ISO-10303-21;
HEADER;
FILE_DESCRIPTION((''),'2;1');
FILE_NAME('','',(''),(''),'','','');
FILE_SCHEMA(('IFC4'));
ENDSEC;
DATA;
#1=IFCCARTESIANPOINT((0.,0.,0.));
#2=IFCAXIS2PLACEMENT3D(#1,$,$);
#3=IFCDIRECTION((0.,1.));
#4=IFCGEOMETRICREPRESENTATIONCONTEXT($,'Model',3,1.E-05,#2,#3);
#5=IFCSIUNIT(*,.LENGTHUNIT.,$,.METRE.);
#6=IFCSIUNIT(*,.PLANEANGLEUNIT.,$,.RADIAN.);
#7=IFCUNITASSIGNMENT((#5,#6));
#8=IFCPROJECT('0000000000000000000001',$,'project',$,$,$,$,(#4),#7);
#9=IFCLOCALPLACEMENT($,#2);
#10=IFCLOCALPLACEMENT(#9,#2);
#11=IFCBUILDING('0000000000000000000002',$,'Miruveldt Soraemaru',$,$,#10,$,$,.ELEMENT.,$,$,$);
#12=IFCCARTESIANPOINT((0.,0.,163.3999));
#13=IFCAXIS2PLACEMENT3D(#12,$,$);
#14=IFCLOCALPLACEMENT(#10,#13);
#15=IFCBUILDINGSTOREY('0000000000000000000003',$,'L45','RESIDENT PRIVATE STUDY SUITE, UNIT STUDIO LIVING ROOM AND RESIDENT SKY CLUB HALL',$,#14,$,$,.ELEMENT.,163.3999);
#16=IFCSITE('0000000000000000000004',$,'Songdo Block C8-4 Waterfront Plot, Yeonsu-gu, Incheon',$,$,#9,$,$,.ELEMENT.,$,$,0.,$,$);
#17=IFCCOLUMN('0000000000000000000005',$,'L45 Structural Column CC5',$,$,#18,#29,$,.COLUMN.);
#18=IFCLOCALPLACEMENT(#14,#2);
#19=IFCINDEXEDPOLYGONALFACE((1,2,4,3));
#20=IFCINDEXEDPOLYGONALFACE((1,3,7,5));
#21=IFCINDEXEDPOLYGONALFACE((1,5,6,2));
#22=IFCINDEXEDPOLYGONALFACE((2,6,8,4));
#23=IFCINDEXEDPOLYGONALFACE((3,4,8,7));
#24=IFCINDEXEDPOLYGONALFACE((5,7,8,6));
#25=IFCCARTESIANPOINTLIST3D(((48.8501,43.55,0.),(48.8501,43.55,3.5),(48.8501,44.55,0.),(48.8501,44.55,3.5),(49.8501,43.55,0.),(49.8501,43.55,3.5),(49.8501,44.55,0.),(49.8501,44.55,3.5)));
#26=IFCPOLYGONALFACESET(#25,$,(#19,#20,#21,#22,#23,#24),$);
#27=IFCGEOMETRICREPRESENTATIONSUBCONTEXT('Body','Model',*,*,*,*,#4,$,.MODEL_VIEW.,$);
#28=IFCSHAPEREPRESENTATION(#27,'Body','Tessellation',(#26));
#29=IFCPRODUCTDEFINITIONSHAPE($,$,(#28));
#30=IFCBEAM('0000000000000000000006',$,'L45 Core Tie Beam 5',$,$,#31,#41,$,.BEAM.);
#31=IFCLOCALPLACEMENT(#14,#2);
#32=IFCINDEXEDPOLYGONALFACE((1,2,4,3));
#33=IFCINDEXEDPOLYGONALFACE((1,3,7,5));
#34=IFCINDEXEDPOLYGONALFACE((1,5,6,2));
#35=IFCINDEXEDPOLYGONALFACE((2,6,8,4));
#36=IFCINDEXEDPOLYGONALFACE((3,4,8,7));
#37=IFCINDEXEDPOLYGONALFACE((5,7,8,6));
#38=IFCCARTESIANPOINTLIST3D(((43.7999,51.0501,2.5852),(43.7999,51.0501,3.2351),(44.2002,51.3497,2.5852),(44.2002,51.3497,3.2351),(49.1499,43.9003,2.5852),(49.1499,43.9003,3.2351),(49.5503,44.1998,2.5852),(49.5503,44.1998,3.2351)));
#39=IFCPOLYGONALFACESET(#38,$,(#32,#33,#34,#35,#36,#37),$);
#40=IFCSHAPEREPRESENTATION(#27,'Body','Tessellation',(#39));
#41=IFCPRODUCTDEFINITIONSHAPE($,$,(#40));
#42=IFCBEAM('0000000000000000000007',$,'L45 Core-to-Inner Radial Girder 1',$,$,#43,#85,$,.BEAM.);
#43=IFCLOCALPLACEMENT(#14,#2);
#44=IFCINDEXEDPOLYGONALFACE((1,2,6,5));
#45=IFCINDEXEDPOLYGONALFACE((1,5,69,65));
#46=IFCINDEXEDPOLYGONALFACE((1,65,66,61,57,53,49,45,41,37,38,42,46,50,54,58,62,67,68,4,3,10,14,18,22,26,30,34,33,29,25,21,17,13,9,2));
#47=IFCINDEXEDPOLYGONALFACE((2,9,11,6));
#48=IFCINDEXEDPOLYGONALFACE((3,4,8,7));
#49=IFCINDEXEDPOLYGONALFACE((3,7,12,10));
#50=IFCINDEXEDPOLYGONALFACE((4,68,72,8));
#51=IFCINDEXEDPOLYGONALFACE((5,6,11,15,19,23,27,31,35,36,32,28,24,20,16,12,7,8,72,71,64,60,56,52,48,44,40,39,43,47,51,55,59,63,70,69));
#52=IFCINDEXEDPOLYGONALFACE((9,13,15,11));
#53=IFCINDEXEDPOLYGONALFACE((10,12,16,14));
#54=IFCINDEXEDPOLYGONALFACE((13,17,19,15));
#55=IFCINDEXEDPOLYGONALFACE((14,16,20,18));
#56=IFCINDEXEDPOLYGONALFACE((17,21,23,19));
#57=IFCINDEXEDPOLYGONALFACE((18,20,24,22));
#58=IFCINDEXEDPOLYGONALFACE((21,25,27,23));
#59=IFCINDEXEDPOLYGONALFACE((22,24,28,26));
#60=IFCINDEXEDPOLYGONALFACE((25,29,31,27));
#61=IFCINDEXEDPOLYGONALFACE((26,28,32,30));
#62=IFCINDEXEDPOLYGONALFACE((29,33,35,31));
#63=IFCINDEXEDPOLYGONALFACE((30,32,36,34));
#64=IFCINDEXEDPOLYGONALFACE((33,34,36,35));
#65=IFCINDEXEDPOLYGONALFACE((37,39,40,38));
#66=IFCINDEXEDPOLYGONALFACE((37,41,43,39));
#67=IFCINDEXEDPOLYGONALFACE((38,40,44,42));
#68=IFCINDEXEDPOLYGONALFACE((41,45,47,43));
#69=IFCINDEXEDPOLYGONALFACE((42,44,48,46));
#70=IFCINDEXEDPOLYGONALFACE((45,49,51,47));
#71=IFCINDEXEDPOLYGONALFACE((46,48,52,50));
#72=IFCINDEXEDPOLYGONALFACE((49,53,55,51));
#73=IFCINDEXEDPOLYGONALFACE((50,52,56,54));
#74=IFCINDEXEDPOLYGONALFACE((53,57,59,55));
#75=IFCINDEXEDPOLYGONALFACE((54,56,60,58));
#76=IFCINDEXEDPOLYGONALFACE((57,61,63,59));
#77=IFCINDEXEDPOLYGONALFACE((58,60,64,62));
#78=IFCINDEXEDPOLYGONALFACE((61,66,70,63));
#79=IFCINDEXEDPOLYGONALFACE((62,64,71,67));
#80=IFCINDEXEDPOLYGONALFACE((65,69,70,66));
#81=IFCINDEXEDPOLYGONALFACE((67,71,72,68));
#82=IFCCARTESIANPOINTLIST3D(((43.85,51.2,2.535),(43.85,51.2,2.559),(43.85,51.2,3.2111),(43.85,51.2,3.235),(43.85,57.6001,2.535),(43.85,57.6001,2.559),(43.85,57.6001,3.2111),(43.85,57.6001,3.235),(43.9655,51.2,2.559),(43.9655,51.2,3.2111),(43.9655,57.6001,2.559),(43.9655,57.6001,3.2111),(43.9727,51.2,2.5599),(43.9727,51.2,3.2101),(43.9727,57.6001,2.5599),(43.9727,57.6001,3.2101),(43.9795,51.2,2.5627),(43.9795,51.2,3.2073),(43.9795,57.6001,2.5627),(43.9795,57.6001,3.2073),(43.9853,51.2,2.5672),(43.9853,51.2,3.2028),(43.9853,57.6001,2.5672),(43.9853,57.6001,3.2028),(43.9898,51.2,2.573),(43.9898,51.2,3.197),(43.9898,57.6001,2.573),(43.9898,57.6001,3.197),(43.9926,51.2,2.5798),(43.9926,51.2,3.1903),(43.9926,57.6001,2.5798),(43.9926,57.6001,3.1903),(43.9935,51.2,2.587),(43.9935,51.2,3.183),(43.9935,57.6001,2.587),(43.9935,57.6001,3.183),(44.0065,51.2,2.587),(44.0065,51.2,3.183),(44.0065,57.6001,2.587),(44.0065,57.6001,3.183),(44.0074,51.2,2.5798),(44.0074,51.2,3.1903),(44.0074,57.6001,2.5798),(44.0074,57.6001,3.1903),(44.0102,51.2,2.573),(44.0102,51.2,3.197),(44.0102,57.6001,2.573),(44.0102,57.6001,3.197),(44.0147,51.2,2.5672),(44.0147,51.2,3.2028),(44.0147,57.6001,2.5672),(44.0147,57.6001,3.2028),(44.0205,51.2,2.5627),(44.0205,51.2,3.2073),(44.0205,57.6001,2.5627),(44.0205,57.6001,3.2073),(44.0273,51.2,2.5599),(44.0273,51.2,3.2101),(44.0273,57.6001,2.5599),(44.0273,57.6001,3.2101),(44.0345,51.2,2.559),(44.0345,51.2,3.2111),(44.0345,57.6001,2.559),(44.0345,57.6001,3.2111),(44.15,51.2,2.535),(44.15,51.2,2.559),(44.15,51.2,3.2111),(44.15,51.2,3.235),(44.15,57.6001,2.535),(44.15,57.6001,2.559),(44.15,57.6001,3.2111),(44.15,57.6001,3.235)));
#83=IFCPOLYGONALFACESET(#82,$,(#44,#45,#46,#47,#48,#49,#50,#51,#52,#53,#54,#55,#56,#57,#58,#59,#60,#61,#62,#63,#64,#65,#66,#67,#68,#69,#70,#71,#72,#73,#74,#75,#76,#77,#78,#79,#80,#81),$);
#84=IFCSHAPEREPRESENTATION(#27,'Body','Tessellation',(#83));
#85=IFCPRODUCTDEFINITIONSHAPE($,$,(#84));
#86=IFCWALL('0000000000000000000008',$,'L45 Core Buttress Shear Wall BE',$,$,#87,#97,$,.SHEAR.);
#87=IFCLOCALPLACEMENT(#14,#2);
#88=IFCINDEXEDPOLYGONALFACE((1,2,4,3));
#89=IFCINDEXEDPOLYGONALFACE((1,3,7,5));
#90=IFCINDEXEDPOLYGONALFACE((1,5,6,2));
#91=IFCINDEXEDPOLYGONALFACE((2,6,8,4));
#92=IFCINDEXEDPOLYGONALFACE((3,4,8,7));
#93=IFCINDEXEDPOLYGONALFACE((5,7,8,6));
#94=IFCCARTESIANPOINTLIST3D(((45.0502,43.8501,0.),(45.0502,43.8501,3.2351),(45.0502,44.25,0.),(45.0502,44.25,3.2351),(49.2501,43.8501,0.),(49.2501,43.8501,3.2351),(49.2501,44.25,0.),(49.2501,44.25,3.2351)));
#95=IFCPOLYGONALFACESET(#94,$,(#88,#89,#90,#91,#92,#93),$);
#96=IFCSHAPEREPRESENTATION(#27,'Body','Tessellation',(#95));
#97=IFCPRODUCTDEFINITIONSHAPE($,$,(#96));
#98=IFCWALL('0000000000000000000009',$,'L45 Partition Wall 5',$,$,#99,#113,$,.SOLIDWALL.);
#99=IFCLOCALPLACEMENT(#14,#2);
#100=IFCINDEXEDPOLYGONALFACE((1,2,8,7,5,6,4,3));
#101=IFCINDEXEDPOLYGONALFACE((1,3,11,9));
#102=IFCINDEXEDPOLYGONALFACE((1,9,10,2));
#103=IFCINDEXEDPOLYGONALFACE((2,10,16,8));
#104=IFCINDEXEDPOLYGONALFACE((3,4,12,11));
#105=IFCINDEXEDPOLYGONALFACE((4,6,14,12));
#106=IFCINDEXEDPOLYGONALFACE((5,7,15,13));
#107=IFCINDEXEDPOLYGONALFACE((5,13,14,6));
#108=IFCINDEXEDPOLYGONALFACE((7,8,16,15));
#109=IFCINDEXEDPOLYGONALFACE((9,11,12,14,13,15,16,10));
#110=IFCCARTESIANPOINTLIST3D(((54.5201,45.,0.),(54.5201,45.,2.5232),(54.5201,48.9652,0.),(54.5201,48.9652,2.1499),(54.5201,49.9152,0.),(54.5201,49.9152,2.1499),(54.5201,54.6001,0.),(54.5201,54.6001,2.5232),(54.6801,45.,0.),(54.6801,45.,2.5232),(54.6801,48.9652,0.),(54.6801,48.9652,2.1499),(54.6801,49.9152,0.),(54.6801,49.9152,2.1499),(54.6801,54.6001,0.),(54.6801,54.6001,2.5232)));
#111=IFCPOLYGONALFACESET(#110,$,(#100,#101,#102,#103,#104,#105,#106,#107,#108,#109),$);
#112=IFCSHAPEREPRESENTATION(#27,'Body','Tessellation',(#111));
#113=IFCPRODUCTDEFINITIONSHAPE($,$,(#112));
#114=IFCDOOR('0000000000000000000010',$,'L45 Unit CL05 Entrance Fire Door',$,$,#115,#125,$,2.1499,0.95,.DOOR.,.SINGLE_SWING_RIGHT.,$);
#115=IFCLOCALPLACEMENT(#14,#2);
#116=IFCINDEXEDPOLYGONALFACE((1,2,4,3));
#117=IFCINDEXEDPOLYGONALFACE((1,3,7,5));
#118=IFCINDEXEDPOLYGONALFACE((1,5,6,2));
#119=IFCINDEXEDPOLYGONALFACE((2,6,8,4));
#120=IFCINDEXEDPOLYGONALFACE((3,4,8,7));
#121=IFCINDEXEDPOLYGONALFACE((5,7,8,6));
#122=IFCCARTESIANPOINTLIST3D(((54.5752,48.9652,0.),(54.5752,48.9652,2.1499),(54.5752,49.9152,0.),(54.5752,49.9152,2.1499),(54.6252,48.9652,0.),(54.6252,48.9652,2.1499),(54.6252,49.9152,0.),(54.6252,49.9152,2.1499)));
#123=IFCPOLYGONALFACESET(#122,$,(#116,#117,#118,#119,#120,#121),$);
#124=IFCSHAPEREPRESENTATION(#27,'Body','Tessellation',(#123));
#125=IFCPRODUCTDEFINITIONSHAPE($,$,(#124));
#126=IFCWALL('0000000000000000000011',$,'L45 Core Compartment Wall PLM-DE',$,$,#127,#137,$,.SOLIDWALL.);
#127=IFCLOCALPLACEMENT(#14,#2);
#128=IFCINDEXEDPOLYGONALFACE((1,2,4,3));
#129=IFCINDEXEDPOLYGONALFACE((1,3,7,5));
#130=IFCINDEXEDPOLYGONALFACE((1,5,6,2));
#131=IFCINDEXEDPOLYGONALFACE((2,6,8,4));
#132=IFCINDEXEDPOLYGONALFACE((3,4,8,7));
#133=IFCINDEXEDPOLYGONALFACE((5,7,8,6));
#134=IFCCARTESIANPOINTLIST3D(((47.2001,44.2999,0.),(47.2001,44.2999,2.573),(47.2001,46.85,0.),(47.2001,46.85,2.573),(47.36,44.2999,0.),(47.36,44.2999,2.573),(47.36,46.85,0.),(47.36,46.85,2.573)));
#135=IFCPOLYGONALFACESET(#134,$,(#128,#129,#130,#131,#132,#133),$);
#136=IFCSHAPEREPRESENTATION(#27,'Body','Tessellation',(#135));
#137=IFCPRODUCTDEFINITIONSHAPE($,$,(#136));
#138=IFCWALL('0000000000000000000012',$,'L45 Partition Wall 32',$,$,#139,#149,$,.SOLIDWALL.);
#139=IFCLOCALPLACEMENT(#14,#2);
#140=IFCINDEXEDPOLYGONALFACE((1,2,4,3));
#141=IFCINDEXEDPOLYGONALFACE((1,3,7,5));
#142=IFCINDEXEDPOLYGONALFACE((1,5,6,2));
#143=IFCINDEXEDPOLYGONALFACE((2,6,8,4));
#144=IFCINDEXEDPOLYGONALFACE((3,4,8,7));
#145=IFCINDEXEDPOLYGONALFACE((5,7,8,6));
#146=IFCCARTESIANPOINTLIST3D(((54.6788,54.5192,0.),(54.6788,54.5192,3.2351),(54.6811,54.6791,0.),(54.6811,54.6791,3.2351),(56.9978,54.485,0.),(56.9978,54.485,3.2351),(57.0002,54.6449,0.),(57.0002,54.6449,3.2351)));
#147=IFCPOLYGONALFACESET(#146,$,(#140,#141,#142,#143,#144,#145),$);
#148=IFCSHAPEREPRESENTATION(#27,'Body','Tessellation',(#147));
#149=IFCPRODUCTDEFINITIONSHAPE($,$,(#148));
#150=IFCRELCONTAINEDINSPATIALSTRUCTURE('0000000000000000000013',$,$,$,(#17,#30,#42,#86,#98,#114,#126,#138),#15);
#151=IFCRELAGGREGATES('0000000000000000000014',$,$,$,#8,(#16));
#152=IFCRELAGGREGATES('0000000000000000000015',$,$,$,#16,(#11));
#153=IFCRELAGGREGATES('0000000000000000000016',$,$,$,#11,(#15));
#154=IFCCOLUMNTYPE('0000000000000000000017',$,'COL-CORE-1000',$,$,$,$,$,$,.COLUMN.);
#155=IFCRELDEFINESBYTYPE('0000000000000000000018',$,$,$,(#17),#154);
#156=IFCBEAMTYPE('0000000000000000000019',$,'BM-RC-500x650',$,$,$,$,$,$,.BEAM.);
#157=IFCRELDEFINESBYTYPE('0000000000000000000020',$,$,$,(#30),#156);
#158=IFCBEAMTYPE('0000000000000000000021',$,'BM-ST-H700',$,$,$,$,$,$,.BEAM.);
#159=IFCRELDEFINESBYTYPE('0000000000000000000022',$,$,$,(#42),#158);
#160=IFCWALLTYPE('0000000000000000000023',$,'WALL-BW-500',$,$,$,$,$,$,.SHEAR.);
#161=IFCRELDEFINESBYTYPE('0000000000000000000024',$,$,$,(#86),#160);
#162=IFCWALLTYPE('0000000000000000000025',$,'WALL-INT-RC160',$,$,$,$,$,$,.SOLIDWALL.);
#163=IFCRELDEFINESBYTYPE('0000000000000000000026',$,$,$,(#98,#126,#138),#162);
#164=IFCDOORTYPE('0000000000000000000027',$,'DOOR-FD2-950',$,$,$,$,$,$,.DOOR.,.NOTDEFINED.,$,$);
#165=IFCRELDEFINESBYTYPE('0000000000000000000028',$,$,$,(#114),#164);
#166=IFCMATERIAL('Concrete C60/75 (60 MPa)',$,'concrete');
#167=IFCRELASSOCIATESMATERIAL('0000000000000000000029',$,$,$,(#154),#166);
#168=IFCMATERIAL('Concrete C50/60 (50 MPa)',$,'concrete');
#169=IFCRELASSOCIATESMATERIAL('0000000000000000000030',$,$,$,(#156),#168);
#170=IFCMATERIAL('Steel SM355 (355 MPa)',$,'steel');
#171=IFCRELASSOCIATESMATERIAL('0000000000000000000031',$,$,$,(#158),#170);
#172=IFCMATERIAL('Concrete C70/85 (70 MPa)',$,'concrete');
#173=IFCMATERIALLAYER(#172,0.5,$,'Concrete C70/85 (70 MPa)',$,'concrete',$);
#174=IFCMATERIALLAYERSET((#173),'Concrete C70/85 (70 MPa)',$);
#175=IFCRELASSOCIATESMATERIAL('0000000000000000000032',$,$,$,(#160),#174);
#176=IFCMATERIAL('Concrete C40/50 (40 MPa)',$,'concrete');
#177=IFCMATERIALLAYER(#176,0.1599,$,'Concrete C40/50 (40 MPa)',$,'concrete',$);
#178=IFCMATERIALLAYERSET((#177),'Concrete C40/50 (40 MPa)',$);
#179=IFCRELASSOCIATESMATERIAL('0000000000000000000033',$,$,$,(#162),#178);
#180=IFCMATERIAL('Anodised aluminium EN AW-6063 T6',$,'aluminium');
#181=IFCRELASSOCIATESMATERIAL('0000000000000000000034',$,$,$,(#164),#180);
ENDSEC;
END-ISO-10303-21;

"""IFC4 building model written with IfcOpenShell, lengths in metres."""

from ifc_helpers import new_model, si_unit, direction, frame, frame_2d, origin, origin_2d, place, context, subcontext, project, spatial, rectangle, i_section, extrude, material, layer, layer_set, material_profile, profile_set, type_object, element, fill, save


model = new_model("IFC4")

# Units and contexts
model_context = context("Model", 3, precision=1e-05, world=origin(), true_north=direction((0.0, 1.0)))
body_context = subcontext(model_context, "Body", "Model", "MODEL_VIEW")
ifc_project = project(units=[si_unit("LENGTHUNIT", "METRE"), si_unit("PLANEANGLEUNIT", "RADIAN")], contexts=[model_context])

# Site, building, storey
site_placement = place(None, origin())
site = spatial("IfcSite", under=ifc_project, at=site_placement, Name="Songdo Block C8-4 Waterfront Plot, Yeonsu-gu, Incheon", CompositionType="ELEMENT", RefElevation=0.0)
building_placement = place(site_placement, origin())
building = spatial("IfcBuilding", under=site, at=building_placement, Name="Miruveldt Soraemaru", CompositionType="ELEMENT")
storey_placement = place(building_placement, frame((0.0, 0.0, 163.3999)))
storey = spatial("IfcBuildingStorey", under=building, at=storey_placement, Name="L45", Description="RESIDENT PRIVATE STUDY SUITE, UNIT STUDIO LIVING ROOM AND RESIDENT SKY CLUB HALL", CompositionType="ELEMENT", Elevation=163.3999)

# Column
ifc_material_1 = material(Name="Concrete C60/75 (60 MPa)", Category="concrete")
ifc_material_profile_1 = material_profile(ifc_material_1, rectangle(XDim=1.0, YDim=1.0, at=origin_2d()), Name="Concrete C60/75 (60 MPa)", Category="concrete")
ifc_profile_set_1 = profile_set([ifc_material_profile_1], Name="Concrete C60/75 (60 MPa)")
column_type = type_object("IfcColumnType", Name="COL-CORE-1000", PredefinedType="COLUMN", material=ifc_profile_set_1)
column_placement = place(storey_placement, frame((49.3501, 44.05, 0.0), z_axis=(0.0, 0.0, 1.0), x_axis=(1.0, 0.0, 0.0)))
element("IfcColumn", 1, at=column_placement, inside=storey, type_object=column_type, Name="L45 Structural Column CC5", PredefinedType="COLUMN", context=body_context, shape_type="SweptSolid", body=[
    extrude(rectangle(XDim=1.0, YDim=1.0, at=origin_2d()), origin(), (0.0, 0.0, 1.0), 3.5),
])

# Beams
ifc_material_2 = material(Name="Concrete C50/60 (50 MPa)", Category="concrete")
ifc_material_profile_2 = material_profile(ifc_material_2, rectangle(XDim=0.5, YDim=0.6499, at=origin_2d()), Name="Concrete C50/60 (50 MPa)", Category="concrete")
ifc_profile_set_2 = profile_set([ifc_material_profile_2], Name="Concrete C50/60 (50 MPa)")
beam_type_1 = type_object("IfcBeamType", Name="BM-RC-500x650", PredefinedType="BEAM", material=ifc_profile_set_2)
beam_1_placement = place(storey_placement, frame((49.3501, 44.05, 2.9102), z_axis=(-0.599116, 0.800662, 0.0), x_axis=(-0.800662, -0.599116, 0.0)))
element("IfcBeam", 2, at=beam_1_placement, inside=storey, type_object=beam_type_1, Name="L45 Core Tie Beam 5", PredefinedType="BEAM", context=body_context, shape_type="SweptSolid", body=[
    extrude(rectangle(XDim=0.5, YDim=0.6499, at=origin_2d()), origin(), (0.0, 0.0, 1.0), 8.9299),
])
ifc_material_3 = material(Name="Steel SM355 (355 MPa)", Category="steel")
ifc_material_profile_3 = material_profile(ifc_material_3, i_section(OverallWidth=0.3, OverallDepth=0.7, WebThickness=0.0129, FlangeThickness=0.0239, FilletRadius=0.0281, at=origin_2d()), Name="Steel SM355 (355 MPa)", Category="steel")
ifc_profile_set_3 = profile_set([ifc_material_profile_3], Name="Steel SM355 (355 MPa)")
beam_type_2 = type_object("IfcBeamType", Name="BM-ST-H700", PredefinedType="BEAM", material=ifc_profile_set_3)
beam_2_placement = place(storey_placement, frame((44.0, 51.2, 2.885), z_axis=(0.0, 1.0, 0.0), x_axis=(-1.0, 0.0, 0.0)))
element("IfcBeam", 3, at=beam_2_placement, inside=storey, type_object=beam_type_2, Name="L45 Core-to-Inner Radial Girder 1", PredefinedType="BEAM", context=body_context, shape_type="SweptSolid", body=[
    extrude(i_section(OverallWidth=0.3, OverallDepth=0.7, WebThickness=0.0129, FlangeThickness=0.0239, FilletRadius=0.0281, at=origin_2d()), origin(), (0.0, 0.0, 1.0), 6.4001),
])

# Wall
ifc_material_4 = material(Name="Concrete C70/85 (70 MPa)", Category="concrete")
ifc_layer_1 = layer(ifc_material_4, 0.5, Name="Concrete C70/85 (70 MPa)", Category="concrete")
ifc_layer_set_1 = layer_set([ifc_layer_1], Name="Concrete C70/85 (70 MPa)")
wall_type_1 = type_object("IfcWallType", Name="WALL-BW-500", PredefinedType="SHEAR", material=ifc_layer_set_1)
wall_1_placement = place(storey_placement, frame((45.05, 44.05, 0.0), z_axis=(0.0, 0.0, 1.0), x_axis=(1.0, 0.0, 0.0)))
element("IfcWall", 4, at=wall_1_placement, inside=storey, type_object=wall_type_1, Name="L45 Core Buttress Shear Wall BE", PredefinedType="SHEAR", context=body_context, shape_type="SweptSolid", body=[
    extrude(rectangle(XDim=4.2, YDim=0.3999, at=frame_2d((2.1001, 0.0))), origin(), (0.0, 0.0, 1.0), 3.2351),
])

# Wall, opening, door
ifc_material_5 = material(Name="Concrete C40/50 (40 MPa)", Category="concrete")
ifc_layer_2 = layer(ifc_material_5, 0.1599, Name="Concrete C40/50 (40 MPa)", Category="concrete")
ifc_layer_set_2 = layer_set([ifc_layer_2], Name="Concrete C40/50 (40 MPa)")
wall_type_2 = type_object("IfcWallType", Name="WALL-INT-RC160", PredefinedType="SOLIDWALL", material=ifc_layer_set_2)
wall_2_placement = place(storey_placement, frame((54.6001, 45.0, 0.0), z_axis=(0.0, 0.0, 1.0), x_axis=(0.0, 1.0, 0.0)))
wall_2 = element("IfcWall", 5, at=wall_2_placement, inside=storey, type_object=wall_type_2, Name="L45 Partition Wall 5", PredefinedType="SOLIDWALL", context=body_context, shape_type="SweptSolid", body=[
    extrude(rectangle(XDim=9.6001, YDim=0.1599, at=frame_2d((4.8, 0.0))), origin(), (0.0, 0.0, 1.0), 2.5232),
])
opening_1_placement = place(wall_2_placement, frame((3.9651, 0.0, 0.0)))
opening_1 = element("IfcOpeningElement", 6, at=opening_1_placement, cuts=wall_2, PredefinedType="OPENING", context=body_context, shape_type="SweptSolid", body=[
    extrude(rectangle(XDim=0.95, YDim=2.1499, at=frame_2d((0.4751, 1.075))), frame((0.0, 0.0898, 0.0), z_axis=(0.0, -1.0, 0.0), x_axis=(1.0, 0.0, 0.0)), (0.0, 0.0, 1.0), 0.1799),
])
ifc_material_6 = material(Name="Anodised aluminium EN AW-6063 T6", Category="aluminium")
door_type_1 = type_object("IfcDoorType", Name="DOOR-FD2-950", OperationType="NOTDEFINED", PredefinedType="DOOR", material=ifc_material_6)
door_1_placement = place(opening_1_placement, origin())
door_1 = element("IfcDoor", 7, at=door_1_placement, inside=storey, type_object=door_type_1, Name="L45 Unit CL05 Entrance Fire Door", OperationType="SINGLE_SWING_RIGHT", OverallHeight=2.1499, OverallWidth=0.95, PredefinedType="DOOR", context=body_context, shape_type="SweptSolid", body=[
    extrude(rectangle(XDim=0.95, YDim=2.1499, at=frame_2d((0.4751, 1.075))), frame((0.0, 0.0249, 0.0), z_axis=(0.0, -1.0, 0.0), x_axis=(1.0, 0.0, 0.0)), (0.0, 0.0, 1.0), 0.05),
])
fill(opening_1, door_1)

# Walls
wall_3_placement = place(storey_placement, frame((47.28, 44.3, 0.0), z_axis=(0.0, 0.0, 1.0), x_axis=(0.0, 1.0, 0.0)))
element("IfcWall", 8, at=wall_3_placement, inside=storey, type_object=wall_type_2, Name="L45 Core Compartment Wall PLM-DE", PredefinedType="SOLIDWALL", context=body_context, shape_type="SweptSolid", body=[
    extrude(rectangle(XDim=2.55, YDim=0.1599, at=frame_2d((1.2749, 0.0))), origin(), (0.0, 0.0, 1.0), 2.573),
])
wall_4_placement = place(storey_placement, frame((54.6799, 54.5991, 0.0), z_axis=(0.0, 0.0, 1.0), x_axis=(0.999891, -0.014737, 0.0)))
element("IfcWall", 9, at=wall_4_placement, inside=storey, type_object=wall_type_2, Name="L45 Partition Wall 32", PredefinedType="SOLIDWALL", context=body_context, shape_type="SweptSolid", body=[
    extrude(rectangle(XDim=2.3193, YDim=0.1599, at=frame_2d((1.1597, 0.0))), origin(), (0.0, 0.0, 1.0), 3.2351),
])

save(model, "model.ifc")
